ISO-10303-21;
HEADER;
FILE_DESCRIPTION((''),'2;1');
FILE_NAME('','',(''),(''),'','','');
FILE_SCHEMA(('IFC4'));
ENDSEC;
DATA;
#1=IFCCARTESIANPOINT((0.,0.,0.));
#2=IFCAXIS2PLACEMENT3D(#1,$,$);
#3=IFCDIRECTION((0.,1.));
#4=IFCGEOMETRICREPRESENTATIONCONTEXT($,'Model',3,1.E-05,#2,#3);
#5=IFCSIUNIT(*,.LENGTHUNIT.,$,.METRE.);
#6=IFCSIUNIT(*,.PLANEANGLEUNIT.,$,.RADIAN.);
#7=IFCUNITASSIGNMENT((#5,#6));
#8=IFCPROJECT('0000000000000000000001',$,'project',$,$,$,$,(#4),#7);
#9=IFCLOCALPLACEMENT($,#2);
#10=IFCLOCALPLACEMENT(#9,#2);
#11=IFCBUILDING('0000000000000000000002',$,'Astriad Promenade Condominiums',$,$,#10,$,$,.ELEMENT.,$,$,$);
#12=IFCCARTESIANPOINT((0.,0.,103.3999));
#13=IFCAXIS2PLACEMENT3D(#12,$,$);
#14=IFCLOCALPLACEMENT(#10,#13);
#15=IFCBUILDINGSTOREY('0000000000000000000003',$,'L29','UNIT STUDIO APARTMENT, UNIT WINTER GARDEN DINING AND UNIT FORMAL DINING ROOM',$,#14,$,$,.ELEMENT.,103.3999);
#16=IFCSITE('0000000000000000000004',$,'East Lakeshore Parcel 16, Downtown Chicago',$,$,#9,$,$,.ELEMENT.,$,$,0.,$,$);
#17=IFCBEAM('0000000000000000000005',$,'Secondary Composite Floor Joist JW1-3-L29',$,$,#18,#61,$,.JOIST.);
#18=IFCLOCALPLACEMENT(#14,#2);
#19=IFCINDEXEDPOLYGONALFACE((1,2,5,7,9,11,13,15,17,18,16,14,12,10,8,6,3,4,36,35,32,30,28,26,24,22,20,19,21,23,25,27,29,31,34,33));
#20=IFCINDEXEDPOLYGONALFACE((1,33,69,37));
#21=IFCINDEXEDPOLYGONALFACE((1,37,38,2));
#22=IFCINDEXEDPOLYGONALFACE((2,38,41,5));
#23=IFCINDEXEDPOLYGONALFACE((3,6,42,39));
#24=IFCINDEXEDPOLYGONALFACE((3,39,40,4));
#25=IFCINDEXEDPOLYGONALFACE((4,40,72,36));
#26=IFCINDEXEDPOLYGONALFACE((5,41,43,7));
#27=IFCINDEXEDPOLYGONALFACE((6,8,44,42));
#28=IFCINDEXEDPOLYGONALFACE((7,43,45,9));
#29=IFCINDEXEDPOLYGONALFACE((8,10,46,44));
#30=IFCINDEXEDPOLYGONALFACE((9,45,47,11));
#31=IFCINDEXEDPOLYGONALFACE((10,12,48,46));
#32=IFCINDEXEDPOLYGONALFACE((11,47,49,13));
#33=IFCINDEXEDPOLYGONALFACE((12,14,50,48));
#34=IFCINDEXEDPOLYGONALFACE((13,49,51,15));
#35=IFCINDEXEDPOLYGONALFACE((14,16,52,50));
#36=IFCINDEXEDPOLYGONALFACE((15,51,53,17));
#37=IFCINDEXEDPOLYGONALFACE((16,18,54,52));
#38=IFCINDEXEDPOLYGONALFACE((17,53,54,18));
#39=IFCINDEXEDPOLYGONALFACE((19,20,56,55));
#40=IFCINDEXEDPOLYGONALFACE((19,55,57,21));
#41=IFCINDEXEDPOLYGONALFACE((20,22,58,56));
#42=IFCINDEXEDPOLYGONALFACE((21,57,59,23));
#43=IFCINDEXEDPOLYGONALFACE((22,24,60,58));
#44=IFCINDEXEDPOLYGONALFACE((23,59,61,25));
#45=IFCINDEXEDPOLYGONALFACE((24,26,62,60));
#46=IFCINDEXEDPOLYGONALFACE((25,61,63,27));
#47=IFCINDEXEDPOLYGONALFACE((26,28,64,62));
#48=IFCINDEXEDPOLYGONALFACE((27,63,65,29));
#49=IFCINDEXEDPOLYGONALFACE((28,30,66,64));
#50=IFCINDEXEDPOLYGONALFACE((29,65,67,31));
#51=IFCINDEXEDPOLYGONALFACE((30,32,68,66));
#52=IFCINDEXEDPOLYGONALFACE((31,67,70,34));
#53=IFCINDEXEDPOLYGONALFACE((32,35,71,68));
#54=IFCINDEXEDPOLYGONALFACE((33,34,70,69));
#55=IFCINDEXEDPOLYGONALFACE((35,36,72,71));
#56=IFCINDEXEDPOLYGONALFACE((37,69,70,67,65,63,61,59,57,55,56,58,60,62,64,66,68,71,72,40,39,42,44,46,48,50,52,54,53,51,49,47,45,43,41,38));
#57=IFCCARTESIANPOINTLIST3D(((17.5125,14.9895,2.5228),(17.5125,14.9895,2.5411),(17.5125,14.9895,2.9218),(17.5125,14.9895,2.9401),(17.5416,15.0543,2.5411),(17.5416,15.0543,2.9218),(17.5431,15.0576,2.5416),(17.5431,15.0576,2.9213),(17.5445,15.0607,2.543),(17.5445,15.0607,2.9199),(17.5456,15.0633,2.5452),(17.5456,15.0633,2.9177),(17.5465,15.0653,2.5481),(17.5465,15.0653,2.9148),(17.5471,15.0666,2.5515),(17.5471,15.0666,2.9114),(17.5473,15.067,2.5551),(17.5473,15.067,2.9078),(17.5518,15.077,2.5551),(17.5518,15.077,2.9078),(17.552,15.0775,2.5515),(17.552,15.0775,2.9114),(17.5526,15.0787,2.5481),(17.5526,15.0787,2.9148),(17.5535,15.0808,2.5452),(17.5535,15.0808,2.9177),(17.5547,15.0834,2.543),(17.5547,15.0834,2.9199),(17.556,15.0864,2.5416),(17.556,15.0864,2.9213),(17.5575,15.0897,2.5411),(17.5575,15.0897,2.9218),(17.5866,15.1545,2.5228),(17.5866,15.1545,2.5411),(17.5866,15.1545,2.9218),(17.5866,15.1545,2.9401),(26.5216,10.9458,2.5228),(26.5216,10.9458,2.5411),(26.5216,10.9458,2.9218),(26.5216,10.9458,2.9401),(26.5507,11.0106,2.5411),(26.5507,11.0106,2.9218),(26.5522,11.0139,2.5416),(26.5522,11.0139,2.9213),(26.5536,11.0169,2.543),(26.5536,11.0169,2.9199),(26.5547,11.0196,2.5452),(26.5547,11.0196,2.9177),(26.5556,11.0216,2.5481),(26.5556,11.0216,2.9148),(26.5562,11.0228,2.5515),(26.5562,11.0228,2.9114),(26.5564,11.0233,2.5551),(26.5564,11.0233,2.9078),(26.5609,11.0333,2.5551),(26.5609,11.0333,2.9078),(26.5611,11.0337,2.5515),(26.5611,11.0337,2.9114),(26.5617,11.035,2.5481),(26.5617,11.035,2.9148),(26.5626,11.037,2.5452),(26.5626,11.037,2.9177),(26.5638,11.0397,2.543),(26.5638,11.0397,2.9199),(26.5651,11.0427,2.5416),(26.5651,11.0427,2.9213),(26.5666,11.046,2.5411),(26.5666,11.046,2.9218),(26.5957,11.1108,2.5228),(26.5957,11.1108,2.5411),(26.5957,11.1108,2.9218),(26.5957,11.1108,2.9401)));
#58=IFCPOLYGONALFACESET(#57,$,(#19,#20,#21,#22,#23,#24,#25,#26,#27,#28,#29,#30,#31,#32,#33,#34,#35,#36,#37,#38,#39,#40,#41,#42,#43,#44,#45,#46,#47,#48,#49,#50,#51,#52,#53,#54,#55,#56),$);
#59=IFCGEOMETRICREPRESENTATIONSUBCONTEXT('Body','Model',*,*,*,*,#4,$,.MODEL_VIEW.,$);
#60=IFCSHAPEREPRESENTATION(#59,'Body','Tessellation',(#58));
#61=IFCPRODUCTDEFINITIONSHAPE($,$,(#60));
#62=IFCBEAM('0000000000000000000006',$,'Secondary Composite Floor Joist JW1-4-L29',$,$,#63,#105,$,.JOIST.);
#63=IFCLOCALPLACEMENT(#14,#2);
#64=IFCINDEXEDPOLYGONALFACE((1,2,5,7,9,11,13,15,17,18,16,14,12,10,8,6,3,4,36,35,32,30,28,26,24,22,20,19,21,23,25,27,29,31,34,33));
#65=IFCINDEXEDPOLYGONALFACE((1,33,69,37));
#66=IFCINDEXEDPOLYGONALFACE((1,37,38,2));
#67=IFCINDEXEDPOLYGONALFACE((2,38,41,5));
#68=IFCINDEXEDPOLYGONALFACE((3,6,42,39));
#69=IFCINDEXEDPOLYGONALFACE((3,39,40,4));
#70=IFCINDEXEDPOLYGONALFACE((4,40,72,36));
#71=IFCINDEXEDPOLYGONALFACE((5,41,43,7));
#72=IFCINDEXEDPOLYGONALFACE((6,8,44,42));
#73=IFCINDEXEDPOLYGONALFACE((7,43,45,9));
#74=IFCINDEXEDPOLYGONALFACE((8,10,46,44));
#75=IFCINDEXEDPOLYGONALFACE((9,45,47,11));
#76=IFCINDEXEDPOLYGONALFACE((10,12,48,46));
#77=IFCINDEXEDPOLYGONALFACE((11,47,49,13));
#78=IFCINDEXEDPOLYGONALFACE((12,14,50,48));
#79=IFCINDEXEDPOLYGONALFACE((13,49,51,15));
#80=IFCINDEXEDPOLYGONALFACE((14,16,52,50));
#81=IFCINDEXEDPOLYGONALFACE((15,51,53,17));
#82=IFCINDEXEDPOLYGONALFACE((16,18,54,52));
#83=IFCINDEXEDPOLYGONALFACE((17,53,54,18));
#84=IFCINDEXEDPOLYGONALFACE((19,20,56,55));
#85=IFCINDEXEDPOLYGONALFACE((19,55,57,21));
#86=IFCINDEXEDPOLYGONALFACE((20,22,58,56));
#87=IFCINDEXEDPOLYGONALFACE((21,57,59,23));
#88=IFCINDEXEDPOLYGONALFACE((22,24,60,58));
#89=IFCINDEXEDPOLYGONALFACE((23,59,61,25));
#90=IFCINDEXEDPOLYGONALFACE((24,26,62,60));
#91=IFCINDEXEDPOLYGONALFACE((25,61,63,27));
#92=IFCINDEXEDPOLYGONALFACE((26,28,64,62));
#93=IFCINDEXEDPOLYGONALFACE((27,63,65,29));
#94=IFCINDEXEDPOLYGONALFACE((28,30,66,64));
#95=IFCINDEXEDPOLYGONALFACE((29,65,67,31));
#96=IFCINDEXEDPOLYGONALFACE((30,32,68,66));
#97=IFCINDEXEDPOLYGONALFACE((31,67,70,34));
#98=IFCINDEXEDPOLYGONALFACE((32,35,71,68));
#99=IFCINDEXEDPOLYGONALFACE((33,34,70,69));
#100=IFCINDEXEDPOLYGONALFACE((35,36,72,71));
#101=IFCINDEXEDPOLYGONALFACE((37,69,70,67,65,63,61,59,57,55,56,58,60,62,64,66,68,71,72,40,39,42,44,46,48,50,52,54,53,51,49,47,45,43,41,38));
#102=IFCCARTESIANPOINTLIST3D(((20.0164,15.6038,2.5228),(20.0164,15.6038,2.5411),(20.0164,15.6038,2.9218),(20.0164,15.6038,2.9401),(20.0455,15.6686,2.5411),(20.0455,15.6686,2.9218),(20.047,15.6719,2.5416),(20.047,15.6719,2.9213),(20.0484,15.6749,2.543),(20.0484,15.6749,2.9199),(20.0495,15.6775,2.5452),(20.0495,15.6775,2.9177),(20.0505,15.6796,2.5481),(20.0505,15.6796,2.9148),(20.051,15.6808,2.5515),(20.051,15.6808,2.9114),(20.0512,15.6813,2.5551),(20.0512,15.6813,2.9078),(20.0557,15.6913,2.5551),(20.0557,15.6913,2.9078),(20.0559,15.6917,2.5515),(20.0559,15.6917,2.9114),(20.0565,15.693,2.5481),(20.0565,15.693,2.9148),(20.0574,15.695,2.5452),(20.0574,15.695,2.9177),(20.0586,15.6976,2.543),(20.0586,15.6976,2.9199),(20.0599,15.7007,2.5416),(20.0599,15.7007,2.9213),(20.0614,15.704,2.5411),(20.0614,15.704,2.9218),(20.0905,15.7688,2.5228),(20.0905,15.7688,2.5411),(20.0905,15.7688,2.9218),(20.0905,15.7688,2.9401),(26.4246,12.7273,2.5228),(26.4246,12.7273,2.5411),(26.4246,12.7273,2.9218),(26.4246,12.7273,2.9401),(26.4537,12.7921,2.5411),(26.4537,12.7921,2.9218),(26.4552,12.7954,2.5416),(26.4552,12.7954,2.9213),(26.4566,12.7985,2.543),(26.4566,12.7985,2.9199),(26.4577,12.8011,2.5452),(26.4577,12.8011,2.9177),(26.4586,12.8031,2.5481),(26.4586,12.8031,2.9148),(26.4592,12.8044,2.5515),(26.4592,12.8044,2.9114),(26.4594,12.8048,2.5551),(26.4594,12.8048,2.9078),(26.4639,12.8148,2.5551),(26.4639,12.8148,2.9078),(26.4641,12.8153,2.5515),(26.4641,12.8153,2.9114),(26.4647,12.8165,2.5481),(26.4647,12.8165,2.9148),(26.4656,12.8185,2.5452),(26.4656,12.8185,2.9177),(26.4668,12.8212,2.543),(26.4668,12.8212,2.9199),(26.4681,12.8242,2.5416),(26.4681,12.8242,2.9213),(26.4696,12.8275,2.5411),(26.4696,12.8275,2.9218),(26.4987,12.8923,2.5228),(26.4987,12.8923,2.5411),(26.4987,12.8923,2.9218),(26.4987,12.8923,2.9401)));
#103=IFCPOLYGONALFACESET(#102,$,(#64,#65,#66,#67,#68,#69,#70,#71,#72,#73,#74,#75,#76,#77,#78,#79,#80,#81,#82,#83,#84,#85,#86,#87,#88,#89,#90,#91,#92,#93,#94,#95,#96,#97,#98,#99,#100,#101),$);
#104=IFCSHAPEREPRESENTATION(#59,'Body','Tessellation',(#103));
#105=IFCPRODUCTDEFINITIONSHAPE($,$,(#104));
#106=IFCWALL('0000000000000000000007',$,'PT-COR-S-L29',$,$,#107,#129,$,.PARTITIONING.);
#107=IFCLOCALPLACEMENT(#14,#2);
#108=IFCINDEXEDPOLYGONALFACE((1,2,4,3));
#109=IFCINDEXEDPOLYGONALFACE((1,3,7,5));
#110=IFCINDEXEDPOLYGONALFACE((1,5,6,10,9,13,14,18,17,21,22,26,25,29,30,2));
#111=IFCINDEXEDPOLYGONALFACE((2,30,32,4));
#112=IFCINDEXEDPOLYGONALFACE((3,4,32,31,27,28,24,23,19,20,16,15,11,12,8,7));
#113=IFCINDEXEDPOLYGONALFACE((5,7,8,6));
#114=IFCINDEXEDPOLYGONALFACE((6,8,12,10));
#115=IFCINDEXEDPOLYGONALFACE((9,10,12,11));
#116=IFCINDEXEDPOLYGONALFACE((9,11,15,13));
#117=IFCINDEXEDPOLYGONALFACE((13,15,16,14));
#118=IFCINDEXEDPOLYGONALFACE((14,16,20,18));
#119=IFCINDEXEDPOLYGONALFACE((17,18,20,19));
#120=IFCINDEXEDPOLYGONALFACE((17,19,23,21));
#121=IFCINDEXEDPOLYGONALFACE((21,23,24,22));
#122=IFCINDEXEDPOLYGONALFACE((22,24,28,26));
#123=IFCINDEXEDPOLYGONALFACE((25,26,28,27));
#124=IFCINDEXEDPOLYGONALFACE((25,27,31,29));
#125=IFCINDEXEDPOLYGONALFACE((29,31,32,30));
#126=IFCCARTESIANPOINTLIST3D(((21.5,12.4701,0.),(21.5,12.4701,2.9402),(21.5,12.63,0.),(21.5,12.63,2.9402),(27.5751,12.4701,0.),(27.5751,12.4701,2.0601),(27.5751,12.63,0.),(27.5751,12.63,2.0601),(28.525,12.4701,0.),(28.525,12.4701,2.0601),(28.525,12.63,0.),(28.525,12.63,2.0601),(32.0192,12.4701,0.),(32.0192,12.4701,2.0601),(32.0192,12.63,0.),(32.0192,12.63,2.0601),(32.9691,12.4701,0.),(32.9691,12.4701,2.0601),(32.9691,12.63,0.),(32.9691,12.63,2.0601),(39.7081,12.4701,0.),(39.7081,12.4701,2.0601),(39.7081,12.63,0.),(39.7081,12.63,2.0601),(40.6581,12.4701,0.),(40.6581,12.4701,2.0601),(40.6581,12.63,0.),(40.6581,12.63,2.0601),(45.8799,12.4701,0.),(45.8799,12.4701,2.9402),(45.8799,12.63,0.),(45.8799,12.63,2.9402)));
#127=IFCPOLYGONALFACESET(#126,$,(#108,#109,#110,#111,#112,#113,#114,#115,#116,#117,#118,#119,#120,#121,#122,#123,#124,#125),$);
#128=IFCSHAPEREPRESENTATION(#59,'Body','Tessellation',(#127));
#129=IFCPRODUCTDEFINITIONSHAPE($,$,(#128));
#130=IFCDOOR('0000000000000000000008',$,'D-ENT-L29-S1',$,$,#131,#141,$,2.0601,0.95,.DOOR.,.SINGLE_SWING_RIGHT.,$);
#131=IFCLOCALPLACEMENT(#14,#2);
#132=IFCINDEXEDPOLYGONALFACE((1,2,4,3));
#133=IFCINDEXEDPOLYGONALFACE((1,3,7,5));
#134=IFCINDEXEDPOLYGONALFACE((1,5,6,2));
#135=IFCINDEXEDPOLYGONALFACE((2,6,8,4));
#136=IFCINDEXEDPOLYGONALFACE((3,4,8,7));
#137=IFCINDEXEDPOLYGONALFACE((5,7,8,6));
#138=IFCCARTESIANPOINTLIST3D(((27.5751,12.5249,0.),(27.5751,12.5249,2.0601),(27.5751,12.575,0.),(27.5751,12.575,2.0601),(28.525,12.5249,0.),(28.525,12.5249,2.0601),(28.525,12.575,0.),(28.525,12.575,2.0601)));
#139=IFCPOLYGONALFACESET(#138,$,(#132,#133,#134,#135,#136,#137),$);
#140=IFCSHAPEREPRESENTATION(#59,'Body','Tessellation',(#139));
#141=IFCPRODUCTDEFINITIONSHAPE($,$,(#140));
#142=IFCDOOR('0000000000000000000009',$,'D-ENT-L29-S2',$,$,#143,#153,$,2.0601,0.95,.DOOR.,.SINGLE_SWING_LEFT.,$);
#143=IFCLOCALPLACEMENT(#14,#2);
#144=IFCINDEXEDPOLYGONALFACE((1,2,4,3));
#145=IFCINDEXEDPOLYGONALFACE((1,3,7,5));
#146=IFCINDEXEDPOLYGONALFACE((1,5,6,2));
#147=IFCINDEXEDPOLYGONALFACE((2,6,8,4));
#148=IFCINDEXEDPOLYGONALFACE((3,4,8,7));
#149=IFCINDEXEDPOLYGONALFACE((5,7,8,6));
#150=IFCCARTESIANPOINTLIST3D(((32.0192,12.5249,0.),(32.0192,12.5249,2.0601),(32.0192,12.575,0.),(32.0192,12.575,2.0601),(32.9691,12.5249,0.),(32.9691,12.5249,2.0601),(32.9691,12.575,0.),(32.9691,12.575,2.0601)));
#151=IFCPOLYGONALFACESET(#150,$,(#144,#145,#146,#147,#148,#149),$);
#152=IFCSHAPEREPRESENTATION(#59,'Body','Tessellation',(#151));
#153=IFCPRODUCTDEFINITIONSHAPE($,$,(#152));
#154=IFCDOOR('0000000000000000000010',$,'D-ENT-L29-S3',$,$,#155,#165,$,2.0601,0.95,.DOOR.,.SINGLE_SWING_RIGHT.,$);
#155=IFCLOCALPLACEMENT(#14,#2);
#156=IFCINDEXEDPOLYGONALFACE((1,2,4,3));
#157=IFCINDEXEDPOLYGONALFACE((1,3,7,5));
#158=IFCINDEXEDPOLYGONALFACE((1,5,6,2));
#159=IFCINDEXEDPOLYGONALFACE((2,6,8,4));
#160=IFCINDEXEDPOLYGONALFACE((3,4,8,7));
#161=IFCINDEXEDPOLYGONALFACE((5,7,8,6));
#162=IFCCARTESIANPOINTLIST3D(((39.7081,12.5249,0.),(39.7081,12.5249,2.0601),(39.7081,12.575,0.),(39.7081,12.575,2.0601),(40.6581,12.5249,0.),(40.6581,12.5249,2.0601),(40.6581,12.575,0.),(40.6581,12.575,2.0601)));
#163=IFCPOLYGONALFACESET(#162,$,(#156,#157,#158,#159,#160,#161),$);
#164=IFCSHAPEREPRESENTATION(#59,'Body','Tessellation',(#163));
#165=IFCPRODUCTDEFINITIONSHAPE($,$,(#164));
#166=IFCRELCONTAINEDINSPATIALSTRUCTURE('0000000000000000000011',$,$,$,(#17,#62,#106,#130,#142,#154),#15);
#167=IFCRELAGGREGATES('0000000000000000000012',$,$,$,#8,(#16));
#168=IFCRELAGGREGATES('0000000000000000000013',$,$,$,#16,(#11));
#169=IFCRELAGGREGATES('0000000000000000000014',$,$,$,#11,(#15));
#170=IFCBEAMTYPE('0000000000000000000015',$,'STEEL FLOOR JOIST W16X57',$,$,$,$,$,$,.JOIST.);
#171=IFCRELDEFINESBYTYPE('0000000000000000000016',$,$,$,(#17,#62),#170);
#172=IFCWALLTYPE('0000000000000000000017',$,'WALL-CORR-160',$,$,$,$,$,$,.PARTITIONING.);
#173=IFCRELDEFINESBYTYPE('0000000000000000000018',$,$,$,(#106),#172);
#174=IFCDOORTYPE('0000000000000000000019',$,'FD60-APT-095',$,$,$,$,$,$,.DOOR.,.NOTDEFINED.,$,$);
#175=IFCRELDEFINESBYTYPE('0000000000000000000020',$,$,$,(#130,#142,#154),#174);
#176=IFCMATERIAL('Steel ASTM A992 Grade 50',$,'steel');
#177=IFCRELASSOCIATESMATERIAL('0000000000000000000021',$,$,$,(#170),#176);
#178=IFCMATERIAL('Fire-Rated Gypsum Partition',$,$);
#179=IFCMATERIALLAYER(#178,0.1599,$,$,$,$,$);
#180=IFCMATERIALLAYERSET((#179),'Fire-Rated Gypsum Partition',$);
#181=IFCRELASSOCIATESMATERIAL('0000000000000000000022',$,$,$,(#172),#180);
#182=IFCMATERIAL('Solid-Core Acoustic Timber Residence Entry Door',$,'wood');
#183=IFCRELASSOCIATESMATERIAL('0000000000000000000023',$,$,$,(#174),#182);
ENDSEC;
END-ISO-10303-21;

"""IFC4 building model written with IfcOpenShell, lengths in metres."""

from ifc_helpers import new_model, si_unit, direction, frame, frame_2d, origin, origin_2d, place, context, subcontext, project, spatial, rectangle, i_section, extrude, source, transform, mapped, material, layer, layer_set, material_profile, profile_set, type_object, type_shapes, element, fill, save


model = new_model("IFC4")

# Units and contexts
model_context = context("Model", 3, precision=1e-05, world=origin(), true_north=direction((0.0, 1.0)))
body_context = subcontext(model_context, "Body", "Model", "MODEL_VIEW")
ifc_project = project(units=[si_unit("LENGTHUNIT", "METRE"), si_unit("PLANEANGLEUNIT", "RADIAN")], contexts=[model_context])

# Site, building, storey
site_placement = place(None, origin())
site = spatial("IfcSite", under=ifc_project, at=site_placement, Name="East Lakeshore Parcel 16, Downtown Chicago", CompositionType="ELEMENT", RefElevation=0.0)
building_placement = place(site_placement, origin())
building = spatial("IfcBuilding", under=site, at=building_placement, Name="Astriad Promenade Condominiums", CompositionType="ELEMENT")
storey_placement = place(building_placement, frame((0.0, 0.0, 103.3999)))
storey = spatial("IfcBuildingStorey", under=building, at=storey_placement, Name="L29", Description="UNIT STUDIO APARTMENT, UNIT WINTER GARDEN DINING AND UNIT FORMAL DINING ROOM", CompositionType="ELEMENT", Elevation=103.3999)

# Beams
ifc_material_1 = material(Name="Steel ASTM A992 Grade 50", Category="steel")
ifc_material_profile_1 = material_profile(ifc_material_1, i_section(OverallWidth=0.1809, OverallDepth=0.4172, WebThickness=0.011, FlangeThickness=0.0183, FilletRadius=0.0139, at=origin_2d()), Name="W16X57")
ifc_profile_set_1 = profile_set([ifc_material_profile_1], Name="Steel ASTM A992 Grade 50")
beam_type_1 = type_object("IfcBeamType", Name="STEEL FLOOR JOIST W16X57", PredefinedType="JOIST", material=ifc_profile_set_1)
shared_shape_1 = source(origin(), body_context, "Body", "SweptSolid", [
    extrude(i_section(OverallWidth=0.1809, OverallDepth=0.4172, WebThickness=0.011, FlangeThickness=0.0183, FilletRadius=0.0139, at=origin_2d()), origin(), (0.0, 0.0, 1.0), 9.875),
])
beam_1_placement = place(storey_placement, frame((17.5496, 15.072, 2.7314), z_axis=(0.912314, -0.409492, 0.0), x_axis=(0.409492, 0.912314, 0.0)))
element("IfcBeam", 1, at=beam_1_placement, inside=storey, type_object=beam_type_1, Name="Secondary Composite Floor Joist JW1-3-L29", PredefinedType="JOIST", context=body_context, shape_type="MappedRepresentation", body=[
    mapped(shared_shape_1, transform((0.0, 0.0, 0.0), scale=1.0)),
])
shared_shape_2 = source(origin(), body_context, "Body", "SweptSolid", [
    extrude(i_section(OverallWidth=0.1809, OverallDepth=0.4172, WebThickness=0.011, FlangeThickness=0.0183, FilletRadius=0.0139, at=origin_2d()), origin(), (0.0, 0.0, 1.0), 7.0242),
])
beam_2_placement = place(storey_placement, frame((20.0535, 15.6863, 2.7314), z_axis=(0.912306, -0.409509, 0.0), x_axis=(0.409509, 0.912306, 0.0)))
element("IfcBeam", 2, at=beam_2_placement, inside=storey, type_object=beam_type_1, Name="Secondary Composite Floor Joist JW1-4-L29", PredefinedType="JOIST", context=body_context, shape_type="MappedRepresentation", body=[
    mapped(shared_shape_2, transform((0.0, 0.0, 0.0), scale=1.0)),
])

# Wall, openings, doors
ifc_material_2 = material(Name="Fire-Rated Gypsum Partition")
ifc_layer_1 = layer(ifc_material_2, 0.1599)
ifc_layer_set_1 = layer_set([ifc_layer_1], Name="Fire-Rated Gypsum Partition")
wall_type_1 = type_object("IfcWallType", Name="WALL-CORR-160", PredefinedType="PARTITIONING", material=ifc_layer_set_1)
wall_1_placement = place(storey_placement, frame((21.5, 12.55, 0.0), z_axis=(0.0, 0.0, 1.0), x_axis=(1.0, 0.0, 0.0)))
wall_1 = element("IfcWall", 3, at=wall_1_placement, inside=storey, type_object=wall_type_1, Name="PT-COR-S-L29", PredefinedType="PARTITIONING", context=body_context, shape_type="SweptSolid", body=[
    extrude(rectangle(XDim=24.3799, YDim=0.1599, at=frame_2d((12.1899, 0.0))), origin(), (0.0, 0.0, 1.0), 2.9402),
])
opening_1_placement = place(wall_1_placement, frame((6.075, 0.0, 0.0)))
opening_1 = element("IfcOpeningElement", 4, at=opening_1_placement, cuts=wall_1, PredefinedType="OPENING", context=body_context, shape_type="SweptSolid", body=[
    extrude(rectangle(XDim=0.95, YDim=2.0601, at=frame_2d((0.4751, 1.03))), frame((0.0, 0.0898, 0.0), z_axis=(0.0, -1.0, 0.0), x_axis=(1.0, 0.0, 0.0)), (0.0, 0.0, 1.0), 0.1799),
])
opening_2_placement = place(wall_1_placement, frame((10.519, 0.0, 0.0)))
opening_2 = element("IfcOpeningElement", 5, at=opening_2_placement, cuts=wall_1, PredefinedType="OPENING", context=body_context, shape_type="SweptSolid", body=[
    extrude(rectangle(XDim=0.95, YDim=2.0601, at=frame_2d((0.4751, 1.03))), frame((0.0, 0.0898, 0.0), z_axis=(0.0, -1.0, 0.0), x_axis=(1.0, 0.0, 0.0)), (0.0, 0.0, 1.0), 0.1799),
])
opening_3_placement = place(wall_1_placement, frame((18.208, 0.0, 0.0)))
opening_3 = element("IfcOpeningElement", 6, at=opening_3_placement, cuts=wall_1, PredefinedType="OPENING", context=body_context, shape_type="SweptSolid", body=[
    extrude(rectangle(XDim=0.95, YDim=2.0601, at=frame_2d((0.4751, 1.03))), frame((0.0, 0.0898, 0.0), z_axis=(0.0, -1.0, 0.0), x_axis=(1.0, 0.0, 0.0)), (0.0, 0.0, 1.0), 0.1799),
])
ifc_material_3 = material(Name="Solid-Core Acoustic Timber Residence Entry Door", Category="wood")
door_type_1 = type_object("IfcDoorType", Name="FD60-APT-095", OperationType="NOTDEFINED", PredefinedType="DOOR", material=ifc_material_3)
shared_shape_3 = source(origin(), body_context, "Body", "SweptSolid", [
    extrude(rectangle(XDim=0.95, YDim=2.0601, at=frame_2d((0.4751, 1.03))), frame((0.0, 0.0249, 0.0), z_axis=(0.0, -1.0, 0.0), x_axis=(1.0, 0.0, 0.0)), (0.0, 0.0, 1.0), 0.05),
])
type_shapes(door_type_1, [shared_shape_3])
door_1_placement = place(opening_1_placement, origin())
door_1 = element("IfcDoor", 7, at=door_1_placement, inside=storey, type_object=door_type_1, Name="D-ENT-L29-S1", OperationType="SINGLE_SWING_RIGHT", OverallHeight=2.0601, OverallWidth=0.95, PredefinedType="DOOR", context=body_context, shape_type="MappedRepresentation", body=[
    mapped(shared_shape_3, transform((0.0, 0.0, 0.0), scale=1.0)),
])
fill(opening_1, door_1)
door_2_placement = place(opening_2_placement, origin())
door_2 = element("IfcDoor", 8, at=door_2_placement, inside=storey, type_object=door_type_1, Name="D-ENT-L29-S2", OperationType="SINGLE_SWING_LEFT", OverallHeight=2.0601, OverallWidth=0.95, PredefinedType="DOOR", context=body_context, shape_type="MappedRepresentation", body=[
    mapped(shared_shape_3, transform((0.0, 0.0, 0.0), scale=1.0)),
])
fill(opening_2, door_2)
door_3_placement = place(opening_3_placement, origin())
door_3 = element("IfcDoor", 9, at=door_3_placement, inside=storey, type_object=door_type_1, Name="D-ENT-L29-S3", OperationType="SINGLE_SWING_RIGHT", OverallHeight=2.0601, OverallWidth=0.95, PredefinedType="DOOR", context=body_context, shape_type="MappedRepresentation", body=[
    mapped(shared_shape_3, transform((0.0, 0.0, 0.0), scale=1.0)),
])
fill(opening_3, door_3)

save(model, "model.ifc")
